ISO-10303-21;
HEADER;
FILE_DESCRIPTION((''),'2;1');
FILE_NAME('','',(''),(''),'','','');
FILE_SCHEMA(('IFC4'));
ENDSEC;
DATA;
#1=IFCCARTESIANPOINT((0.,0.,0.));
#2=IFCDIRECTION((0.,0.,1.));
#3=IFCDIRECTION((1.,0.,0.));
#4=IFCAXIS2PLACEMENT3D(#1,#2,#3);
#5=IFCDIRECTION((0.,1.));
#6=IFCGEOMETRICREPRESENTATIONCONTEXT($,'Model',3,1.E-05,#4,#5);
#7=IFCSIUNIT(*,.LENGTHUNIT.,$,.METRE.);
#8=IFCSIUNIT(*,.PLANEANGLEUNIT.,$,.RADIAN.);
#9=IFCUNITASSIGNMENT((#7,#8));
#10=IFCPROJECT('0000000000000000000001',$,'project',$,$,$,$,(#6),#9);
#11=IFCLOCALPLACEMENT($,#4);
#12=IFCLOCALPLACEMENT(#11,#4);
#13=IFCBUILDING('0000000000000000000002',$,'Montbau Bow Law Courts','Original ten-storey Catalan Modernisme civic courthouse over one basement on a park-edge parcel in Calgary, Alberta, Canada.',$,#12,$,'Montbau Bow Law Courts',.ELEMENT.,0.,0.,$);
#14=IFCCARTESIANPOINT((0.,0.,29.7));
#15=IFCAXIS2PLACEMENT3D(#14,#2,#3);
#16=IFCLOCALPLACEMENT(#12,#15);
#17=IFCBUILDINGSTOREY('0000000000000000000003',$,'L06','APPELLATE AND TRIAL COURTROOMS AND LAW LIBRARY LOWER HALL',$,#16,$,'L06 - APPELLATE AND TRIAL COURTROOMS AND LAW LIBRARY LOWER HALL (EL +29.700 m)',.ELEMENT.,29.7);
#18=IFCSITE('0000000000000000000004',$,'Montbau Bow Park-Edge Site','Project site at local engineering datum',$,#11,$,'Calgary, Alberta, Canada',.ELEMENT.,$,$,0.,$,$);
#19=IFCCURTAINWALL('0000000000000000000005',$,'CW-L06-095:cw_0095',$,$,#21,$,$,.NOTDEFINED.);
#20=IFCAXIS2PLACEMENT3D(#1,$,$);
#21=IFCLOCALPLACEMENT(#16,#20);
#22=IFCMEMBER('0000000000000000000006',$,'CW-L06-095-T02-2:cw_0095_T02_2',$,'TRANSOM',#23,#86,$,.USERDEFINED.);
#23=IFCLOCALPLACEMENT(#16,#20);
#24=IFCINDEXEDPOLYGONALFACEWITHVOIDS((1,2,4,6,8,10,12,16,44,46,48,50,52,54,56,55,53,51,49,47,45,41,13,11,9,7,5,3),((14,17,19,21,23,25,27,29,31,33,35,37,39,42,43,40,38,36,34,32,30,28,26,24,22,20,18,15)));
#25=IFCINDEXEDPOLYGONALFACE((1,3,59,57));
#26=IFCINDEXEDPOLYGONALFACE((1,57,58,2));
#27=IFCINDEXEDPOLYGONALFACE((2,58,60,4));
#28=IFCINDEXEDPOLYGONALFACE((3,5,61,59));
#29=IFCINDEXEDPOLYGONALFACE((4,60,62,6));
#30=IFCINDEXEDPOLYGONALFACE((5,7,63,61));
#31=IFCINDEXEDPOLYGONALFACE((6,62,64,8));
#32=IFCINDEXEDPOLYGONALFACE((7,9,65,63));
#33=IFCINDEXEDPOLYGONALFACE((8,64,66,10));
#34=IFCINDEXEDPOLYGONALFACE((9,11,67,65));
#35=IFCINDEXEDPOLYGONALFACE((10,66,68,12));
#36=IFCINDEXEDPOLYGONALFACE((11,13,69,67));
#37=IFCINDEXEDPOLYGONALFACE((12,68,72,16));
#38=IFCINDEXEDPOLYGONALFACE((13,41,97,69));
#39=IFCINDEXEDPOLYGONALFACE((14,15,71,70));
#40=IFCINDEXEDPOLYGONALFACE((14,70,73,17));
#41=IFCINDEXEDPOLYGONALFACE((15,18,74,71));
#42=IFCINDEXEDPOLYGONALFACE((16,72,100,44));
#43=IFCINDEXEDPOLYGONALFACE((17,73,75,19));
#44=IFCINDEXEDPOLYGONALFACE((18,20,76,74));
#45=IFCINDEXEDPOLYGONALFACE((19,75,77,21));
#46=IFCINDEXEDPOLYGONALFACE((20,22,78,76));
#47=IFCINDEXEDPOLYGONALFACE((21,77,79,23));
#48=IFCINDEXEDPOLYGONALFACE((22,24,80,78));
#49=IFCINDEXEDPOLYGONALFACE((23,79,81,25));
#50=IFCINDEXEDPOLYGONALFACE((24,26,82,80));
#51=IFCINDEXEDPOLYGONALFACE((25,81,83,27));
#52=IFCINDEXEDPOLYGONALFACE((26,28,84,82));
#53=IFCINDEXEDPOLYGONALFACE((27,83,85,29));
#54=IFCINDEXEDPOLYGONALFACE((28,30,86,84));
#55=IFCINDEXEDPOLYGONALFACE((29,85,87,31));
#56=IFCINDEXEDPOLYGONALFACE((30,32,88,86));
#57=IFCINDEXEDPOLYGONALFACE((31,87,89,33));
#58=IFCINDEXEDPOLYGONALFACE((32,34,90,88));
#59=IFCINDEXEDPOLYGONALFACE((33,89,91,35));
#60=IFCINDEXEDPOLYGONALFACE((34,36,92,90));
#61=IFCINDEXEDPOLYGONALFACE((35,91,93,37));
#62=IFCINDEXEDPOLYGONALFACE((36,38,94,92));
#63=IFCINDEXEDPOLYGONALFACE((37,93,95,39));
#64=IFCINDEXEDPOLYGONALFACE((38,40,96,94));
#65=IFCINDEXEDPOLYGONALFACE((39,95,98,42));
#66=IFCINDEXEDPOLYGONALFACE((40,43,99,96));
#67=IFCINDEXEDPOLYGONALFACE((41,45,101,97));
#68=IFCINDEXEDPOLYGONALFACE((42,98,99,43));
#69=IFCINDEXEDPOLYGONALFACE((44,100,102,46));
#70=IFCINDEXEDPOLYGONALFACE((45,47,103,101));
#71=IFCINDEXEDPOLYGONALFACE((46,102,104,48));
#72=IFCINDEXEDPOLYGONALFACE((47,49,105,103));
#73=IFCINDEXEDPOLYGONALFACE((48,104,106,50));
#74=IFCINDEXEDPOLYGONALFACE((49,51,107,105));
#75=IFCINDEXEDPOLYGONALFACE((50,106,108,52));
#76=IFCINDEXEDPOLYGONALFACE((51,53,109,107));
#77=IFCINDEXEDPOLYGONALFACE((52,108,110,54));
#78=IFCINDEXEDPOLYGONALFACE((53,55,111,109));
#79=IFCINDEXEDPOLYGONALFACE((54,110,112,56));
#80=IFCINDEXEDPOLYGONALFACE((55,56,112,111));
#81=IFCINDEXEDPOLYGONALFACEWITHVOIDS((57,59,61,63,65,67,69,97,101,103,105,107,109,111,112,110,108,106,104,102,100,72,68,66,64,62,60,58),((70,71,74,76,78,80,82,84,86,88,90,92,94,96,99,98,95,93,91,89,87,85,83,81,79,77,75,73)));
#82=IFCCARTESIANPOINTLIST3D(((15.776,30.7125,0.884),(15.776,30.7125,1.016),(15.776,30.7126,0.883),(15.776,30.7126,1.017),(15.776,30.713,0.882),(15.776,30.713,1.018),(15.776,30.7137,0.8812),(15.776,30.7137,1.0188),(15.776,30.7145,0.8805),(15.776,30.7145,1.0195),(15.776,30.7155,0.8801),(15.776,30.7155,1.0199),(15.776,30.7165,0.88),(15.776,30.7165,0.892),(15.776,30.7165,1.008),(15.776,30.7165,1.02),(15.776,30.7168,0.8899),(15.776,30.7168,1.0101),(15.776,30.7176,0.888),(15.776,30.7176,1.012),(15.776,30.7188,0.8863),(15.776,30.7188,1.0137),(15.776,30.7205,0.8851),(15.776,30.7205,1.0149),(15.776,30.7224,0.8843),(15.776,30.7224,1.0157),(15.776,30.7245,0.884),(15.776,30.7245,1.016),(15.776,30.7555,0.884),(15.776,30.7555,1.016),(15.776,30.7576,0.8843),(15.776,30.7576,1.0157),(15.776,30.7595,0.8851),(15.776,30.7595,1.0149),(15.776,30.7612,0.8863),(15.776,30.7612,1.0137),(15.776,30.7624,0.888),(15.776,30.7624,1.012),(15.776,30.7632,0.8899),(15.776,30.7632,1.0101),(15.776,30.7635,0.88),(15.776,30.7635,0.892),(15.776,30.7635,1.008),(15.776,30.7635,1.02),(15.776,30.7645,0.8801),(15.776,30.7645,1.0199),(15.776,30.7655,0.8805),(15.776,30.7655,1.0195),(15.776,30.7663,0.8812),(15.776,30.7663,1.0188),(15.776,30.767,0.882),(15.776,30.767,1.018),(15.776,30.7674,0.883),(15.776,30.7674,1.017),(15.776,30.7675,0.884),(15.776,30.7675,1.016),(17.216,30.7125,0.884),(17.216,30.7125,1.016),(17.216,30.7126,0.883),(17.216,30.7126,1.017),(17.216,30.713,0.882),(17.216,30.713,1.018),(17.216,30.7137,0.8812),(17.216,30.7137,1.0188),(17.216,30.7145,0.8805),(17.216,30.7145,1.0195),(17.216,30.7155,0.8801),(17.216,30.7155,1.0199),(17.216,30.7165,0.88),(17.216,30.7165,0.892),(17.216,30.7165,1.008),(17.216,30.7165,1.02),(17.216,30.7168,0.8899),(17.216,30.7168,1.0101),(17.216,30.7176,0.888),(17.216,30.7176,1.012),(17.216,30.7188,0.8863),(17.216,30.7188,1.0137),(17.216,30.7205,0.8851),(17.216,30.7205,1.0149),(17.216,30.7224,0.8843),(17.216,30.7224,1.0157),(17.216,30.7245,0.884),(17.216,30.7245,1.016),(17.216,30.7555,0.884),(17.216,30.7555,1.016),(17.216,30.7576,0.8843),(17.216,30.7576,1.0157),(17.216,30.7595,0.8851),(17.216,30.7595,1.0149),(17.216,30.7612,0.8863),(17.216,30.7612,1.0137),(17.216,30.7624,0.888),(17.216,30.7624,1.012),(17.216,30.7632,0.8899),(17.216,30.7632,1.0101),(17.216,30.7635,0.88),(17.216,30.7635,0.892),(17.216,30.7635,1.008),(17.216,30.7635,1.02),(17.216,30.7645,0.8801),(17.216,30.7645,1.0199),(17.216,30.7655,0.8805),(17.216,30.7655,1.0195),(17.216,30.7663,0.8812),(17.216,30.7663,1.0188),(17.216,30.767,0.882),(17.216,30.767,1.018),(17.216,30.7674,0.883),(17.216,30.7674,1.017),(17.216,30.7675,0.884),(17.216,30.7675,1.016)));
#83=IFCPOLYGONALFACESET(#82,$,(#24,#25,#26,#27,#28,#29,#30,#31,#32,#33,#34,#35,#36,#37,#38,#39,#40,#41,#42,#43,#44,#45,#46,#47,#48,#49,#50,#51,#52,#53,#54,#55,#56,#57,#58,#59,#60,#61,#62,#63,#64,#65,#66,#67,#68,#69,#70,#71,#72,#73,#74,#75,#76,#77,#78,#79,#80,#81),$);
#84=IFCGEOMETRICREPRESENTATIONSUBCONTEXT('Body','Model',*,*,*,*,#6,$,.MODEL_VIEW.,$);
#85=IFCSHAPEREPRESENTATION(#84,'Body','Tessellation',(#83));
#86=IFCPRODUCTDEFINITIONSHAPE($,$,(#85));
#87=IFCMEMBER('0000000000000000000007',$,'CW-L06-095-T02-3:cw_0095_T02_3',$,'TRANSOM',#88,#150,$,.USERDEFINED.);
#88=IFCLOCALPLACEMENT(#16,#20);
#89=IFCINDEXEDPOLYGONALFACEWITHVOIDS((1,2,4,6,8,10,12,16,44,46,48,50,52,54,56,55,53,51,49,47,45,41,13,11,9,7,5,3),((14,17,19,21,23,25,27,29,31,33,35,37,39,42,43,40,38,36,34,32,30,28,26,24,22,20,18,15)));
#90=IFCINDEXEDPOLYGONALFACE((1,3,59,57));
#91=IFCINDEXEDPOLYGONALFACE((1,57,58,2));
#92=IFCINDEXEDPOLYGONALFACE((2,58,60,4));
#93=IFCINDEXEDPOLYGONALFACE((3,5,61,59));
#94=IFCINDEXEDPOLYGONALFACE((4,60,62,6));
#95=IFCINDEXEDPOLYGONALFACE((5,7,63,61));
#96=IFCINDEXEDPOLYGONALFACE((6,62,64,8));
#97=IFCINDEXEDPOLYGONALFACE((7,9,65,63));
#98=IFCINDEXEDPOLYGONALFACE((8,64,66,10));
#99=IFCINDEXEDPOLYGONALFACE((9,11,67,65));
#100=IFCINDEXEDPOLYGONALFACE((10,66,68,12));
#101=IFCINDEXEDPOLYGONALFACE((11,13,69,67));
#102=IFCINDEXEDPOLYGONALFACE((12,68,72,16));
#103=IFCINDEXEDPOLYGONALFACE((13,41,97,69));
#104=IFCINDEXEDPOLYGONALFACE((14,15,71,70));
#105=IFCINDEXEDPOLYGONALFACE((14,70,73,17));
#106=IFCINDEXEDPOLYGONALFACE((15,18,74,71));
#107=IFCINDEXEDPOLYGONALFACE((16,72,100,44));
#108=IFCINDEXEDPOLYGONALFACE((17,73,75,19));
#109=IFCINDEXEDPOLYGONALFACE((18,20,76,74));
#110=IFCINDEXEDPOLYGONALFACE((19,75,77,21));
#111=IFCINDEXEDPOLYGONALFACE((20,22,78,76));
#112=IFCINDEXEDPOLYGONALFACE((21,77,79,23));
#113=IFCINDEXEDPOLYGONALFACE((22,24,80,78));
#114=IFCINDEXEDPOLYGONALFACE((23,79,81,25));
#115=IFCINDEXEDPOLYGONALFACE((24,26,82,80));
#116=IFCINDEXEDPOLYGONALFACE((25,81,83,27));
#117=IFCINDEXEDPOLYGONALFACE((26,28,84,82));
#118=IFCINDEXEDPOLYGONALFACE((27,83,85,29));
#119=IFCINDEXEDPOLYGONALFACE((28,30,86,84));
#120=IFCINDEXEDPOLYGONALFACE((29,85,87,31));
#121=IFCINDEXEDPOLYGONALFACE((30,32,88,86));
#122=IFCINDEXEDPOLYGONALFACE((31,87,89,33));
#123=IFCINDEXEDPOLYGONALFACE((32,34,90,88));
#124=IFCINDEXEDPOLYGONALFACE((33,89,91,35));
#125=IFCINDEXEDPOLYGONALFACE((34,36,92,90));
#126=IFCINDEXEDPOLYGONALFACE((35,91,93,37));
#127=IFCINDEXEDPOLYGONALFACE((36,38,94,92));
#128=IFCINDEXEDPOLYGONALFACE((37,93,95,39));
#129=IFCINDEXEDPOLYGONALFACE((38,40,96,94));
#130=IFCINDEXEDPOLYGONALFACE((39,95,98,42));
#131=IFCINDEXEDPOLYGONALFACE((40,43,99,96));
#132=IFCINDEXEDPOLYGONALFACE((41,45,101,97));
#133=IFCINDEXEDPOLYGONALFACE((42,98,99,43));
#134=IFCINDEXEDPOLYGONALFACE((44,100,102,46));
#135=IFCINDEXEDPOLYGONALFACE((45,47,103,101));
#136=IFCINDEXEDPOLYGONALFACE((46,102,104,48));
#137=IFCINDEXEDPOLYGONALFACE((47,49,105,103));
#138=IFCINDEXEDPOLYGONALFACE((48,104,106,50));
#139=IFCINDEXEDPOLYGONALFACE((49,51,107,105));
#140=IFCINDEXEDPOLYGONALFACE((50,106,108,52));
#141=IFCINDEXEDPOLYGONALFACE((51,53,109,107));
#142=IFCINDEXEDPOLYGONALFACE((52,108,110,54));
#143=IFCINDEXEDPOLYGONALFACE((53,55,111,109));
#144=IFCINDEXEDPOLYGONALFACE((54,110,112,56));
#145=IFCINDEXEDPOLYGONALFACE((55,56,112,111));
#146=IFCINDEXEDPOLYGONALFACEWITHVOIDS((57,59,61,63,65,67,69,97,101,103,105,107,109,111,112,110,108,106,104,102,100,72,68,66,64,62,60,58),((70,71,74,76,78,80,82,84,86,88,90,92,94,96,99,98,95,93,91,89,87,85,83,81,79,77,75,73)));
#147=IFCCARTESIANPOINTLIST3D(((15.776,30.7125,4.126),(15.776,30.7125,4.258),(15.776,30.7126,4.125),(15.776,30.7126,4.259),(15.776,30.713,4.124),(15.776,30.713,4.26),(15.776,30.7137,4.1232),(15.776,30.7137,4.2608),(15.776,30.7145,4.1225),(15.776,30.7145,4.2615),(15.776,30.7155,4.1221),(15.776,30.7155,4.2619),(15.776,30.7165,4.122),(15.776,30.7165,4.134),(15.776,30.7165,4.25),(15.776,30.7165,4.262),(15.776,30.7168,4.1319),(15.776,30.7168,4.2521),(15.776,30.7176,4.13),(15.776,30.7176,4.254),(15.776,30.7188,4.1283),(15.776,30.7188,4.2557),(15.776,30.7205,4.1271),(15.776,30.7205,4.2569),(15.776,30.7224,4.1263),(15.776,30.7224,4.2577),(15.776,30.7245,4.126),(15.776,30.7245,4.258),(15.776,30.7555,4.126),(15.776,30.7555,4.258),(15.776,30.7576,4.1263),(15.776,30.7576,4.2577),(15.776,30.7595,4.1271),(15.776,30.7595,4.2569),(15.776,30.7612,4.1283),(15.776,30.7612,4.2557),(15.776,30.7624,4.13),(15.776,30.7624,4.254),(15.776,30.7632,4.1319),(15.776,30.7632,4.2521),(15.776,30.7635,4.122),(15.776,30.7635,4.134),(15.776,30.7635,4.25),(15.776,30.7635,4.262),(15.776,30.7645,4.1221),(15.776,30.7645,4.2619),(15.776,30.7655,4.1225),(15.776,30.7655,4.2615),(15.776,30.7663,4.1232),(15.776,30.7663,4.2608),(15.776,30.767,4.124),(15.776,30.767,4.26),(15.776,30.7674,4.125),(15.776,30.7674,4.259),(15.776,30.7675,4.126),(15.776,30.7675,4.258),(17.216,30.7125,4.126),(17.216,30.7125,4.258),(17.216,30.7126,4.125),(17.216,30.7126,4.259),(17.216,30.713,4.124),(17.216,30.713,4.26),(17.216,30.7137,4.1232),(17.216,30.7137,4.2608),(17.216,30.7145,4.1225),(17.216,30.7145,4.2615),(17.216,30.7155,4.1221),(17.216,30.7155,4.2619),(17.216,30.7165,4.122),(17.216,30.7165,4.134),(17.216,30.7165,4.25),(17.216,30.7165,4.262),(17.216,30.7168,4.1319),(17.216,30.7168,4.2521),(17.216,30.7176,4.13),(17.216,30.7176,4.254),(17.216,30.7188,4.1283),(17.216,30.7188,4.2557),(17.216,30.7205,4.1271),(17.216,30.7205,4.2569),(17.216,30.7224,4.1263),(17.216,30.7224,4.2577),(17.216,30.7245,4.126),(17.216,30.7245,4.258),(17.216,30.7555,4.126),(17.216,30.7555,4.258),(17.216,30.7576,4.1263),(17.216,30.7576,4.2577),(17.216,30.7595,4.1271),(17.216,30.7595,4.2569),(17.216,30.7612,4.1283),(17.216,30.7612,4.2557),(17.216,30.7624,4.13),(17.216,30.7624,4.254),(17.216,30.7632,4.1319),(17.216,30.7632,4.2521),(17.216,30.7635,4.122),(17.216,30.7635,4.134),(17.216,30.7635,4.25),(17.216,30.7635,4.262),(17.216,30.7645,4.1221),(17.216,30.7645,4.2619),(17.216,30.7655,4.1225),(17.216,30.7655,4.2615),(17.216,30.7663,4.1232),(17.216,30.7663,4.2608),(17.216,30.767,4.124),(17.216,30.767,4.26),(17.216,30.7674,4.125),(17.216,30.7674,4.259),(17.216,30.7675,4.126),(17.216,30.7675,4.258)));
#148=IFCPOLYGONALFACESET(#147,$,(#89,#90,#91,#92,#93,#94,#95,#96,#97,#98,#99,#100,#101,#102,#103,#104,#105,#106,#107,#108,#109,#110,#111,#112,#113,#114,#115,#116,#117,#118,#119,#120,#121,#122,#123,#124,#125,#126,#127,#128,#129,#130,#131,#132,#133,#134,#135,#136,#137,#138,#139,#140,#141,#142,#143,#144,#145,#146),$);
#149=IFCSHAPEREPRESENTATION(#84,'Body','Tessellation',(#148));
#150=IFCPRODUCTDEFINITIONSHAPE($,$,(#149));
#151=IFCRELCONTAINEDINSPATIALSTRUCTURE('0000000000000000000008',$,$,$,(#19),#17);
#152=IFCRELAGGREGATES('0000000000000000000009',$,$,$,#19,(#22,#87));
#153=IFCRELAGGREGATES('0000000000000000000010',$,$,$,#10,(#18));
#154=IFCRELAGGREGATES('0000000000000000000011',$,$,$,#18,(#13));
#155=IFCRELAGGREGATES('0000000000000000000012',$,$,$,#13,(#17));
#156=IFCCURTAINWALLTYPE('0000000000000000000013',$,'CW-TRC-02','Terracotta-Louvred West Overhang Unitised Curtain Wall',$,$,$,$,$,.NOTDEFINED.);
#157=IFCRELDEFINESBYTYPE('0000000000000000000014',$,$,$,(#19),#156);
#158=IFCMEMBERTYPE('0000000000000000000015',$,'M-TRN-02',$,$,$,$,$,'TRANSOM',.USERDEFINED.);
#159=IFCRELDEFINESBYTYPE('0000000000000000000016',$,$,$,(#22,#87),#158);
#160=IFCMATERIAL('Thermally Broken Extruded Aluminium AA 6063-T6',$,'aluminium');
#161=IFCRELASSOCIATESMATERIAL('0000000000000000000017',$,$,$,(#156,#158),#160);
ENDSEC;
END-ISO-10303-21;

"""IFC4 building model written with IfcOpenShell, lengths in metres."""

from ifc_helpers import new_model, si_unit, direction, frame, origin_with_axes, origin_2d_with_axis, place, context, subcontext, project, spatial, hollow_rectangle, extrude, material, material_profile, profile_set, type_object, element, aggregate, save


model = new_model("IFC4")

# Units and contexts
model_context = context("Model", 3, precision=1e-05, world=origin_with_axes(), true_north=direction((0.0, 1.0)))
body_context = subcontext(model_context, "Body", "Model", "MODEL_VIEW")
ifc_project = project(units=[si_unit("LENGTHUNIT", "METRE"), si_unit("PLANEANGLEUNIT", "RADIAN")], contexts=[model_context])

# Site, building, storey
site_placement = place(None, origin_with_axes())
site = spatial("IfcSite", under=ifc_project, at=site_placement, Name="Montbau Bow Park-Edge Site", Description="Project site at local engineering datum", LongName="Calgary, Alberta, Canada", CompositionType="ELEMENT", RefElevation=0.0)
building_placement = place(site_placement, origin_with_axes())
building = spatial("IfcBuilding", under=site, at=building_placement, Name="Montbau Bow Law Courts", Description="Original ten-storey Catalan Modernisme civic courthouse over one basement on a park-edge parcel in Calgary, Alberta, Canada.", LongName="Montbau Bow Law Courts", CompositionType="ELEMENT", ElevationOfRefHeight=0.0, ElevationOfTerrain=0.0)
storey_placement = place(building_placement, frame((0.0, 0.0, 29.7), z_axis=(0.0, 0.0, 1.0), x_axis=(1.0, 0.0, 0.0)))
storey = spatial("IfcBuildingStorey", under=building, at=storey_placement, Name="L06", Description="APPELLATE AND TRIAL COURTROOMS AND LAW LIBRARY LOWER HALL", LongName="L06 - APPELLATE AND TRIAL COURTROOMS AND LAW LIBRARY LOWER HALL (EL +29.700 m)", CompositionType="ELEMENT", Elevation=29.7)

# Curtain wall, members
ifc_material_1 = material(Name="Thermally Broken Extruded Aluminium AA 6063-T6", Category="aluminium")
curtain_wall_type = type_object("IfcCurtainWallType", Name="CW-TRC-02", Description="Terracotta-Louvred West Overhang Unitised Curtain Wall", PredefinedType="NOTDEFINED", material=ifc_material_1)
curtain_wall_placement = place(None, frame((14.24, 30.74, 29.7), z_axis=(0.0, 0.0, 1.0), x_axis=(1.0, 0.0, 0.0)))
curtain_wall = element("IfcCurtainWall", 1, at=curtain_wall_placement, inside=storey, type_object=curtain_wall_type, Name="CW-L06-095:cw_0095", PredefinedType="NOTDEFINED")
ifc_material_profile_1 = material_profile(ifc_material_1, hollow_rectangle(XDim=0.055, YDim=0.14, WallThickness=0.004, InnerFilletRadius=0.008, OuterFilletRadius=0.004, at=origin_2d_with_axis()), Name="CWT-140X55", Category="Main", Priority=0)
ifc_profile_set_1 = profile_set([ifc_material_profile_1], Name="Thermally Broken Extruded Aluminium AA 6063-T6")
member_type_1 = type_object("IfcMemberType", Name="M-TRN-02", ElementType="TRANSOM", PredefinedType="USERDEFINED", material=ifc_profile_set_1)
member_1_placement = place(None, frame((15.776, 30.74, 30.65), z_axis=(1.0, 0.0, 0.0), x_axis=(0.0, 1.0, 0.0)))
member_1 = element("IfcMember", 2, at=member_1_placement, type_object=member_type_1, Name="CW-L06-095-T02-2:cw_0095_T02_2", ObjectType="TRANSOM", PredefinedType="USERDEFINED", context=body_context, shape_type="SweptSolid", body=[
    extrude(hollow_rectangle(XDim=0.055, YDim=0.14, WallThickness=0.004, InnerFilletRadius=0.008, OuterFilletRadius=0.004, at=origin_2d_with_axis()), origin_with_axes(), (0.0, 0.0, 1.0), 1.44),
])
member_2_placement = place(None, frame((15.776, 30.74, 33.892), z_axis=(1.0, 0.0, 0.0), x_axis=(0.0, 1.0, 0.0)))
member_2 = element("IfcMember", 3, at=member_2_placement, type_object=member_type_1, Name="CW-L06-095-T02-3:cw_0095_T02_3", ObjectType="TRANSOM", PredefinedType="USERDEFINED", context=body_context, shape_type="SweptSolid", body=[
    extrude(hollow_rectangle(XDim=0.055, YDim=0.14, WallThickness=0.004, InnerFilletRadius=0.008, OuterFilletRadius=0.004, at=origin_2d_with_axis()), origin_with_axes(), (0.0, 0.0, 1.0), 1.44),
])
aggregate(curtain_wall, [member_1, member_2])

save(model, "model.ifc")
